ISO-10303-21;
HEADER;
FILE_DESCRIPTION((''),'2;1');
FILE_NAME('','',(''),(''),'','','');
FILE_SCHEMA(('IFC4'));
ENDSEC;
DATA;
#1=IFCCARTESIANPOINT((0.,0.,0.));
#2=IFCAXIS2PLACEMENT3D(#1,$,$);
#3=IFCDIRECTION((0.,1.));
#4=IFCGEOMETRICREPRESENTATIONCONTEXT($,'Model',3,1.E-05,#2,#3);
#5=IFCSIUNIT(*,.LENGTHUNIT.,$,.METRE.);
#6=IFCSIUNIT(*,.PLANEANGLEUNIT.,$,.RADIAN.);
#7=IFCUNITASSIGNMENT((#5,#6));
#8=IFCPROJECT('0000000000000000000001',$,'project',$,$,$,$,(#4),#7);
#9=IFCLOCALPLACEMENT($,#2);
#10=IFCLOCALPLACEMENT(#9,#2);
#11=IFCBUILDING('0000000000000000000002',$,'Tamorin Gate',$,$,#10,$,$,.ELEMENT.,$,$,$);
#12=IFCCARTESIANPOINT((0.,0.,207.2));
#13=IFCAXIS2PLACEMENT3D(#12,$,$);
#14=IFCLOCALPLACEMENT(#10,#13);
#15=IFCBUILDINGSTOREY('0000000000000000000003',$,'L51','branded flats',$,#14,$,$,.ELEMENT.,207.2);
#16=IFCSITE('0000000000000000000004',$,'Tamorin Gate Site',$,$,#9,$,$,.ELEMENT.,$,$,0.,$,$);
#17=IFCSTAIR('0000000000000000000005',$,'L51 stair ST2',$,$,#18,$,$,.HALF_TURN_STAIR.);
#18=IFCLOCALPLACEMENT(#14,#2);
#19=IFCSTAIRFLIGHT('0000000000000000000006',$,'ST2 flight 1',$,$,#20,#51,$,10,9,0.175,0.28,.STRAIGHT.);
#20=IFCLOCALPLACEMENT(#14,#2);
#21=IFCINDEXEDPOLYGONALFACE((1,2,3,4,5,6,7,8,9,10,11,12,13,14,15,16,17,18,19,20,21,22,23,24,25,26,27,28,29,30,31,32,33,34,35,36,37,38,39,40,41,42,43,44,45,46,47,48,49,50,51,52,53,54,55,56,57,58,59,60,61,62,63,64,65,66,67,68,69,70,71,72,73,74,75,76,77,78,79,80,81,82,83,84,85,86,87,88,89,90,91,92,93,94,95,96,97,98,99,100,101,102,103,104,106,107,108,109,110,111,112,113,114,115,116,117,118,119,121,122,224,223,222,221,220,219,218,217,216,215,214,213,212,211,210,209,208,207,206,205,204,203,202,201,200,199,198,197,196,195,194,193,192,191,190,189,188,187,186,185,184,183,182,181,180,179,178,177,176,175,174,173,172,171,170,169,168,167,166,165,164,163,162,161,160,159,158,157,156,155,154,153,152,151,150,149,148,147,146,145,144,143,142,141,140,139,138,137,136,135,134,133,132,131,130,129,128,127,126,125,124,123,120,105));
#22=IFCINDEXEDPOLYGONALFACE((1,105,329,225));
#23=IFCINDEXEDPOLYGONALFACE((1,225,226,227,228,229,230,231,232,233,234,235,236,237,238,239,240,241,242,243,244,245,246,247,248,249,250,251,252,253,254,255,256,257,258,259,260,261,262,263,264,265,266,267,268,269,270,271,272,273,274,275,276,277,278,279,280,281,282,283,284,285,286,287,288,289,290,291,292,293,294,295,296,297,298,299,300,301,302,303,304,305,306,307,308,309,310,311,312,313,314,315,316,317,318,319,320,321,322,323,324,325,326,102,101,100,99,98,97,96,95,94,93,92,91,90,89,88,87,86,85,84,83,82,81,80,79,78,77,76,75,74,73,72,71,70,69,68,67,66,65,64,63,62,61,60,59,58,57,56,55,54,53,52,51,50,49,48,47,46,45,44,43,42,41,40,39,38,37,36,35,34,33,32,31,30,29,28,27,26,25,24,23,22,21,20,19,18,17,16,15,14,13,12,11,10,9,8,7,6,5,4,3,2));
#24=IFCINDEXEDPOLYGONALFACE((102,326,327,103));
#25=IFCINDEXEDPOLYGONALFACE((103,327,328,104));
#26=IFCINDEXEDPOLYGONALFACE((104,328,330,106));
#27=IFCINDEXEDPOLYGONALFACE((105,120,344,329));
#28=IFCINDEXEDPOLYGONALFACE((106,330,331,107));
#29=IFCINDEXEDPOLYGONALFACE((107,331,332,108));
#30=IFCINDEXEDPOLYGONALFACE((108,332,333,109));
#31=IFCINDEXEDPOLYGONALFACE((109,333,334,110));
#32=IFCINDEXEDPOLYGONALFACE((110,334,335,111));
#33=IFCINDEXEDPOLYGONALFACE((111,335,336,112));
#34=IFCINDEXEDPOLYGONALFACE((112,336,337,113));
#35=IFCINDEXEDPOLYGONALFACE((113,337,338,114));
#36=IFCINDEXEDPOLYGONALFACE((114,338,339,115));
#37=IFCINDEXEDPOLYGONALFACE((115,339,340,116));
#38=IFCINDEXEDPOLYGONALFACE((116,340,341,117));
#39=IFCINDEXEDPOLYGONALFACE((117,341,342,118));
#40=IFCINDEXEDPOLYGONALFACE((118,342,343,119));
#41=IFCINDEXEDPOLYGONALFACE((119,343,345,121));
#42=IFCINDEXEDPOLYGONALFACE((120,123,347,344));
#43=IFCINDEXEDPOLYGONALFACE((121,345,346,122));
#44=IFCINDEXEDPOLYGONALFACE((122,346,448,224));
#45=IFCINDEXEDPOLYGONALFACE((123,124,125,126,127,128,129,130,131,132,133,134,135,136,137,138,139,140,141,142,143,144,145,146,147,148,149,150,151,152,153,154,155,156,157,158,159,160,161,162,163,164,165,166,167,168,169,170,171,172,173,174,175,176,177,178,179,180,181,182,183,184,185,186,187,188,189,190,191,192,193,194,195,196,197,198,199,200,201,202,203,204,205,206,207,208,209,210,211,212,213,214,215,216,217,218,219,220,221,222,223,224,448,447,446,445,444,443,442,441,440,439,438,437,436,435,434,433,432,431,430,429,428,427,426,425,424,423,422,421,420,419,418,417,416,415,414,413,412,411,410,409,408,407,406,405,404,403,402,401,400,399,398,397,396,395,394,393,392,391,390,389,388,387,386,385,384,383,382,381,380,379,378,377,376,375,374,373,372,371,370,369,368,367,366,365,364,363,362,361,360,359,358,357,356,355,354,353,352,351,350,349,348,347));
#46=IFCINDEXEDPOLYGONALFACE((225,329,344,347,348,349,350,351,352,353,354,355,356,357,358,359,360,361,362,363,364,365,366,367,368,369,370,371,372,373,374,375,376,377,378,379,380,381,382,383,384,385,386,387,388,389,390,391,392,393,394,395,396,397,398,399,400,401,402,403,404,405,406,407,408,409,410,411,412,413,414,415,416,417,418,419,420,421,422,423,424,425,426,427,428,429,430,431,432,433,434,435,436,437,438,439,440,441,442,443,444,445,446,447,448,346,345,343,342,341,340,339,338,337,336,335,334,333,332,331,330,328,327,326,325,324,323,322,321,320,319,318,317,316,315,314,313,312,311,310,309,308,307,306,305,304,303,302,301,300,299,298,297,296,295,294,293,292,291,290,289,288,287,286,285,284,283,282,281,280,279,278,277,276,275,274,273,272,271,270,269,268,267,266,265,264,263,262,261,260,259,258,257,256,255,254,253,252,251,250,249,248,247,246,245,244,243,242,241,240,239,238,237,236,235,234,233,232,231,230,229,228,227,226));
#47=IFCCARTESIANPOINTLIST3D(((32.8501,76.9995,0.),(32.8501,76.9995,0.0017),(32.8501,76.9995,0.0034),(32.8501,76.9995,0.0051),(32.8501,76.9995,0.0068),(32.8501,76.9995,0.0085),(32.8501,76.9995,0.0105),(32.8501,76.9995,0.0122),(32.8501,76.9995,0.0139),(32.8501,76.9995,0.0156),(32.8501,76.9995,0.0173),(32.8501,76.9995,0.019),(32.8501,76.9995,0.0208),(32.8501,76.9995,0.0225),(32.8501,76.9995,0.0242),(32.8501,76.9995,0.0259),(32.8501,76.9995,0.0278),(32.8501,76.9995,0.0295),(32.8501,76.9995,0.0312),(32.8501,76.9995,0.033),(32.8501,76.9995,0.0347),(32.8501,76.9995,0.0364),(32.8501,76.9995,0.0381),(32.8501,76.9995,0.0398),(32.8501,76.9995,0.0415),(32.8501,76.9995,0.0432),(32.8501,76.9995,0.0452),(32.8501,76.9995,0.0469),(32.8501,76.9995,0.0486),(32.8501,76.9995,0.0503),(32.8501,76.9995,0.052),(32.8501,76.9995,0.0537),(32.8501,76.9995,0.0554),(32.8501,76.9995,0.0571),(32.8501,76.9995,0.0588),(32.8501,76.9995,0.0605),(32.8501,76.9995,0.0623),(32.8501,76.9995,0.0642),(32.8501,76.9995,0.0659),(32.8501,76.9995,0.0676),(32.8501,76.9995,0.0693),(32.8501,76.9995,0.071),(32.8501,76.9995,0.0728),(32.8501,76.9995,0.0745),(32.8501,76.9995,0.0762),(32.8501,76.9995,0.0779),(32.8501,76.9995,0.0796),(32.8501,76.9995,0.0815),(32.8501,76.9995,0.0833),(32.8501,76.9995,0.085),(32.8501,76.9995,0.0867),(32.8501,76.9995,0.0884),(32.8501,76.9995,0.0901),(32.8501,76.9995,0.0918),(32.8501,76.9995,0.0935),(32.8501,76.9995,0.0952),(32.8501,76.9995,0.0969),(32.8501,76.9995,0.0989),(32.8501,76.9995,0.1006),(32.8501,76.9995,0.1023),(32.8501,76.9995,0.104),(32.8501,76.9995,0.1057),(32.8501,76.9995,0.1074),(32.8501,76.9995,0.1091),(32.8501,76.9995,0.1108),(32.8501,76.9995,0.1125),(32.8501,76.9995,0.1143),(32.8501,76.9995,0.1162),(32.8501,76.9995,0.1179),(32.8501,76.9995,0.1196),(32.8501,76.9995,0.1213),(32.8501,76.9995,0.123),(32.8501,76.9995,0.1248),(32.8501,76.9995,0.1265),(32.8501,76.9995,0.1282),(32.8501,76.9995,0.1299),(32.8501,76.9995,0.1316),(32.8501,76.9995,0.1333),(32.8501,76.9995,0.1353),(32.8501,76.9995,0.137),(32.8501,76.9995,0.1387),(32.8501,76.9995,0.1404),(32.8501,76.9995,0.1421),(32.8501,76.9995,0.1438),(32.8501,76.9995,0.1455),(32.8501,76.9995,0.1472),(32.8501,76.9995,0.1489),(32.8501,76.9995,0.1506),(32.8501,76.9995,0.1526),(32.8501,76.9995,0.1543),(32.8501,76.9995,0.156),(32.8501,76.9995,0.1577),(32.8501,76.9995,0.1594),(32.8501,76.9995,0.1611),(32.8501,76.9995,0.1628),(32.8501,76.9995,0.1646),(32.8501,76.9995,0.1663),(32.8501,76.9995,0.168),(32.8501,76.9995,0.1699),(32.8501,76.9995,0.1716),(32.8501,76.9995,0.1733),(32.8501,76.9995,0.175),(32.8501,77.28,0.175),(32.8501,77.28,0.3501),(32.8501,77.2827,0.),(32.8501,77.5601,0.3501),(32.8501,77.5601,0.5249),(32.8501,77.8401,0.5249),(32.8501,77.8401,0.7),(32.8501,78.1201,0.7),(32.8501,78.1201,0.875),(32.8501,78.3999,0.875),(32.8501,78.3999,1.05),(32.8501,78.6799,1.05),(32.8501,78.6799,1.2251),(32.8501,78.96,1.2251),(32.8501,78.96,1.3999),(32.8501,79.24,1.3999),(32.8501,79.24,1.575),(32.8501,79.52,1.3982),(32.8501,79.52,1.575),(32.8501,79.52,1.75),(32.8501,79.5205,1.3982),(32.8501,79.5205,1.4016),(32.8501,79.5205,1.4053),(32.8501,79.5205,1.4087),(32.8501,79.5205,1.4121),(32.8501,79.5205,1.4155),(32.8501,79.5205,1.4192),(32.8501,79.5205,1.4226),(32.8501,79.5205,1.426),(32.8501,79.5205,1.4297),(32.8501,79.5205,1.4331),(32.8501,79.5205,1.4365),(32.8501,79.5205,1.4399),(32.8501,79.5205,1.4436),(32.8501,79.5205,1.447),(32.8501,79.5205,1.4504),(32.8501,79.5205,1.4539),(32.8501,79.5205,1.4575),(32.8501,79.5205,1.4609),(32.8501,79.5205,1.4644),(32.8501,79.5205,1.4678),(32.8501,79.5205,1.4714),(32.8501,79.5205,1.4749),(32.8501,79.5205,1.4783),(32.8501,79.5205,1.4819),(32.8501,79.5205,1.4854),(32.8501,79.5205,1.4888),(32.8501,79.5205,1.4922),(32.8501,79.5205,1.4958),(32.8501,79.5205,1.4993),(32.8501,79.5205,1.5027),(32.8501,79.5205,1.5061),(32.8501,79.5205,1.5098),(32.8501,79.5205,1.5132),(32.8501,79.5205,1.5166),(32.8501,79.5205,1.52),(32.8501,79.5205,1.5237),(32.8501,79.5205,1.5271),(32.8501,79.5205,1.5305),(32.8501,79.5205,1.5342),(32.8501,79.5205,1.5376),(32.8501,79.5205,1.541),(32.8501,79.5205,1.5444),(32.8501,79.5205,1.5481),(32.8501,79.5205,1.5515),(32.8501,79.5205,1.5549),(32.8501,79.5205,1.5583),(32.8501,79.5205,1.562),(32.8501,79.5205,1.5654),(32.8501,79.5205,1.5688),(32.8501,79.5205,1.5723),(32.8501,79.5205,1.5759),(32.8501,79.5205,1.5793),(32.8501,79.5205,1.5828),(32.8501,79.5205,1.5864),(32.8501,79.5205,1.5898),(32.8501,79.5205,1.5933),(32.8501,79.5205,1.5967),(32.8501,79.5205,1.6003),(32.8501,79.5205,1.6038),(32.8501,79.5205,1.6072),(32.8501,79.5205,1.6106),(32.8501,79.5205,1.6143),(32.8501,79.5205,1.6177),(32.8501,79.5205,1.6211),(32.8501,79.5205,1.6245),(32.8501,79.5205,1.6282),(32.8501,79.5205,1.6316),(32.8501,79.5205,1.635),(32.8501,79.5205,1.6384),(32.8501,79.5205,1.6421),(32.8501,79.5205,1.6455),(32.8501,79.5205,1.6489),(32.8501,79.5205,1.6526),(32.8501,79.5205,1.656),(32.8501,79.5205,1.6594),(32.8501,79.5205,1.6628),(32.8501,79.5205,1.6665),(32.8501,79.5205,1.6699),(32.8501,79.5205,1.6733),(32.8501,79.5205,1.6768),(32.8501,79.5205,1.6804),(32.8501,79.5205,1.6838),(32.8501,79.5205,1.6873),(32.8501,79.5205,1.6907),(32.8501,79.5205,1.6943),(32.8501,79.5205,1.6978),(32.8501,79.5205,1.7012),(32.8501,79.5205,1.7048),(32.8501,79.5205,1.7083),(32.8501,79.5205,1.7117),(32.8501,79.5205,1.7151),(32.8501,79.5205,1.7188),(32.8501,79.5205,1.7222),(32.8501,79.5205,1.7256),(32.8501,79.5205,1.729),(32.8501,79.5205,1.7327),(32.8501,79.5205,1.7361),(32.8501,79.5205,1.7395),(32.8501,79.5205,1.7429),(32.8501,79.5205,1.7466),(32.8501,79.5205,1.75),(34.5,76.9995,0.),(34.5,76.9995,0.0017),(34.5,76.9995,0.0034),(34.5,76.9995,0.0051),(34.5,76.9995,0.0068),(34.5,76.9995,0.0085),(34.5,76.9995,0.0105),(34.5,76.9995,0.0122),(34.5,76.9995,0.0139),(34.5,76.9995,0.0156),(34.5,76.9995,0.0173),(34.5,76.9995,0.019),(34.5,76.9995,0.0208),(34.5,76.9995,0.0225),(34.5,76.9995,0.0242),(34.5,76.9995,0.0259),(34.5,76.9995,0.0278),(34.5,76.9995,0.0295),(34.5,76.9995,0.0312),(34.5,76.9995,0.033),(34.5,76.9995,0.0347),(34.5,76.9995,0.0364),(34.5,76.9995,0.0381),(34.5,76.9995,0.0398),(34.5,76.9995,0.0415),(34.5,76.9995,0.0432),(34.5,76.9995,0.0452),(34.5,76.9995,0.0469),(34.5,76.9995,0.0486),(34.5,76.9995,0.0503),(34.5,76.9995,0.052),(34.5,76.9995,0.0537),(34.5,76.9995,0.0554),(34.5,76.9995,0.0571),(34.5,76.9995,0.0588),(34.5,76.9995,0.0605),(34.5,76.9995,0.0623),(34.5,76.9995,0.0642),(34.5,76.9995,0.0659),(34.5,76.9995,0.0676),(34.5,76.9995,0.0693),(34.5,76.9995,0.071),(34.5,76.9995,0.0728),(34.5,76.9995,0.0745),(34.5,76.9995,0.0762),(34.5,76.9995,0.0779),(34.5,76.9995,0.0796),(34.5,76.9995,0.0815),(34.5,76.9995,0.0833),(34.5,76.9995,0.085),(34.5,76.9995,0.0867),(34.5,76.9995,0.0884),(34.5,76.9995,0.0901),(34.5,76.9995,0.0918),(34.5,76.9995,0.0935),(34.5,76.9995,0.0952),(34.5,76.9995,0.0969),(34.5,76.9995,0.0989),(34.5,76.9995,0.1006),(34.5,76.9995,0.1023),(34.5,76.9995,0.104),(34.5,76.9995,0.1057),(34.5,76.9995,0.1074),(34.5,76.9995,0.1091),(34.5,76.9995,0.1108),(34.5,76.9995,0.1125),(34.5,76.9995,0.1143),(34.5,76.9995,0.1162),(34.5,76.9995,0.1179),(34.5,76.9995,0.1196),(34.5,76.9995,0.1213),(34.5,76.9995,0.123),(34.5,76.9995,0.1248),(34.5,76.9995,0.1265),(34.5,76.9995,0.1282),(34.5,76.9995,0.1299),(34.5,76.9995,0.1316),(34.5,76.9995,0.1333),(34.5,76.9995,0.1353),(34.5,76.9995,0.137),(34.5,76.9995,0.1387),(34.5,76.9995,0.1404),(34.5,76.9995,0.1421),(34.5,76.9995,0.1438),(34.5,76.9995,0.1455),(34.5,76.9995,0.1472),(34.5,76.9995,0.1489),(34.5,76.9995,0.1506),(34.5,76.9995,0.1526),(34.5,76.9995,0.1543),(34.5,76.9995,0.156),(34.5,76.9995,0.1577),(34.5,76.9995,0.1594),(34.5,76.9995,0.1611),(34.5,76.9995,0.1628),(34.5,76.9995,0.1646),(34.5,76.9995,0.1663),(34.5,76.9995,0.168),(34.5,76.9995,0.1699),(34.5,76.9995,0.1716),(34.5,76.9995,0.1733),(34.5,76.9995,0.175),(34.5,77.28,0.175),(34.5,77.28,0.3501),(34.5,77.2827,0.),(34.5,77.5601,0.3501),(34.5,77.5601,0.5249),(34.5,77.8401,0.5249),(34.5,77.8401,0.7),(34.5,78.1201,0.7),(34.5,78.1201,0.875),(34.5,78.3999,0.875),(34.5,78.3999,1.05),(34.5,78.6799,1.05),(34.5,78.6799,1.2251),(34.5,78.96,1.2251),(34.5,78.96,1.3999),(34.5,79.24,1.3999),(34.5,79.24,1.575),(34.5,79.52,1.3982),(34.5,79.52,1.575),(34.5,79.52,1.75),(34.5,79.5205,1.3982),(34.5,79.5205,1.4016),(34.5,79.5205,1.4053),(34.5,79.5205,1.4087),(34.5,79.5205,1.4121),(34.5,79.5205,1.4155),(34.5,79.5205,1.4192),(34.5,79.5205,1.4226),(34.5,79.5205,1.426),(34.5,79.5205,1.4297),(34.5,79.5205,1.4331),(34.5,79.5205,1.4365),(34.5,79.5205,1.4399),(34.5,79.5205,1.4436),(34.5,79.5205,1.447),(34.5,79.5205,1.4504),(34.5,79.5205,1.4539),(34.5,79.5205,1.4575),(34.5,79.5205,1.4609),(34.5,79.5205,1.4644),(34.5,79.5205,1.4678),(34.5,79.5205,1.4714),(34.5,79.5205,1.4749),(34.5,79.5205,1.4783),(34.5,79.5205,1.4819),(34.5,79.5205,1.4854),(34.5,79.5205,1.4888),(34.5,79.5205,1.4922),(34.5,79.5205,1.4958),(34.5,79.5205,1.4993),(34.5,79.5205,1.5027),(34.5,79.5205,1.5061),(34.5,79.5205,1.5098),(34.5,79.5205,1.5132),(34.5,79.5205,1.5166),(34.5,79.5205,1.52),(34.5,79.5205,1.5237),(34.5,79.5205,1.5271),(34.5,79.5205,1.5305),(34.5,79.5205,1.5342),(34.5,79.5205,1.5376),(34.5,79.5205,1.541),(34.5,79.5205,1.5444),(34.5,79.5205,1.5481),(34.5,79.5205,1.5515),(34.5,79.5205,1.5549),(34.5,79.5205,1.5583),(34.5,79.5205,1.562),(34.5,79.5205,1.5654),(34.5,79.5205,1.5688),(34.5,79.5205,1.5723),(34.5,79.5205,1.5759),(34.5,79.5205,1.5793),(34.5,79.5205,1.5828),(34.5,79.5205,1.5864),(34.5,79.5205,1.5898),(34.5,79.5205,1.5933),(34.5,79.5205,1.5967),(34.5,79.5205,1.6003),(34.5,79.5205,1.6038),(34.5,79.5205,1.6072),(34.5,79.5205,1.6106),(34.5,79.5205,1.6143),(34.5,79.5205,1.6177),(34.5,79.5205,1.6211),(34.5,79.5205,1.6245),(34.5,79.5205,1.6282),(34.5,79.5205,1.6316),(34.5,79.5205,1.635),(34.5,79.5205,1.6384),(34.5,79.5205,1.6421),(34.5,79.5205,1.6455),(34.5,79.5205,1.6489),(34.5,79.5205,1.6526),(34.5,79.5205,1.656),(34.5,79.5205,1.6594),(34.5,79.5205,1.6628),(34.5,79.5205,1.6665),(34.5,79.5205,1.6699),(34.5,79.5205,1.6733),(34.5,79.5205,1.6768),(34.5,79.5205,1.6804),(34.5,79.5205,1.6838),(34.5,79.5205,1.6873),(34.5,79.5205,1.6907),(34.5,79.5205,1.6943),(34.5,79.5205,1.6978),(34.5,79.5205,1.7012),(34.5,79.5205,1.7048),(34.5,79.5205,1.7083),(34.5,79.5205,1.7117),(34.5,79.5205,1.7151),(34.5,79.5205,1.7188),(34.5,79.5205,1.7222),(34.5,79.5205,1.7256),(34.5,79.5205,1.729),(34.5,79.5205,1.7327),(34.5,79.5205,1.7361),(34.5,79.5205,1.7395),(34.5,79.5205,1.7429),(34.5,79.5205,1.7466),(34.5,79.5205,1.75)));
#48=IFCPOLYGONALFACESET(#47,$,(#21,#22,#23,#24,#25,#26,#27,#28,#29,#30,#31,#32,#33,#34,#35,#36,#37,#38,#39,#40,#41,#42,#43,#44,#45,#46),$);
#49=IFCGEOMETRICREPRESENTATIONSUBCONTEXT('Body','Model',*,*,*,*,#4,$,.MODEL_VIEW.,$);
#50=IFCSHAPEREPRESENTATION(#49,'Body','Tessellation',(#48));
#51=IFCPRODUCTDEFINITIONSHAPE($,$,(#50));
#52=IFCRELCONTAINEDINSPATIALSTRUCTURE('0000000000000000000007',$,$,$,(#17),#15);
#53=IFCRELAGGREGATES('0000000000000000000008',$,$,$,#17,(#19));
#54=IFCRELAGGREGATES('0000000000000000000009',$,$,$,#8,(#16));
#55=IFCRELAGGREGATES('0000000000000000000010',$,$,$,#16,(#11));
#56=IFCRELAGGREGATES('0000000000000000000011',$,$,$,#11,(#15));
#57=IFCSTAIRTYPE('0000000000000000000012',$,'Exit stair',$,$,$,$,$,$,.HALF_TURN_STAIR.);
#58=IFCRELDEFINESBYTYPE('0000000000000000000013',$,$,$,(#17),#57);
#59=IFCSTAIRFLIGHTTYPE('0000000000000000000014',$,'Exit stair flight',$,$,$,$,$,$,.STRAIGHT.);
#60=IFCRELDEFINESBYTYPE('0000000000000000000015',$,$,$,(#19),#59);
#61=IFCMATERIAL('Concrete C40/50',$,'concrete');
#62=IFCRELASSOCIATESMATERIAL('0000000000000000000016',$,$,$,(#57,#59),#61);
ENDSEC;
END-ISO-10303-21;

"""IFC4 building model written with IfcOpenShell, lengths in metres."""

from ifc_helpers import new_model, si_unit, direction, frame, origin, place, context, subcontext, project, spatial, polyline, outline, extrude, material, type_object, element, aggregate, save


model = new_model("IFC4")

# Units and contexts
model_context = context("Model", 3, precision=1e-05, world=origin(), true_north=direction((0.0, 1.0)))
body_context = subcontext(model_context, "Body", "Model", "MODEL_VIEW")
ifc_project = project(units=[si_unit("LENGTHUNIT", "METRE"), si_unit("PLANEANGLEUNIT", "RADIAN")], contexts=[model_context])

# Site, building, storey
site_placement = place(None, origin())
site = spatial("IfcSite", under=ifc_project, at=site_placement, Name="Tamorin Gate Site", CompositionType="ELEMENT", RefElevation=0.0)
building_placement = place(site_placement, origin())
building = spatial("IfcBuilding", under=site, at=building_placement, Name="Tamorin Gate", CompositionType="ELEMENT")
storey_placement = place(building_placement, frame((0.0, 0.0, 207.2)))
storey = spatial("IfcBuildingStorey", under=building, at=storey_placement, Name="L51", Description="branded flats", CompositionType="ELEMENT", Elevation=207.2)

# Shared definitions
ifc_material_1 = material(Name="Concrete C40/50", Category="concrete")

# Shared definitions
stair_type = type_object("IfcStairType", Name="Exit stair", PredefinedType="HALF_TURN_STAIR", material=ifc_material_1)
stair_flight_type = type_object("IfcStairFlightType", Name="Exit stair flight", PredefinedType="STRAIGHT", material=ifc_material_1)

# Stair, stair flight
stair_1_placement = place(storey_placement, origin())
stair_1 = element("IfcStair", 1, at=stair_1_placement, inside=storey, type_object=stair_type, Name="L51 stair ST2", PredefinedType="HALF_TURN_STAIR")
stair_flight_1_placement = place(storey_placement, frame((33.675, 77.0, 0.0), z_axis=(0.0, 0.0, 1.0), x_axis=(0.0, 1.0, 0.0)))
stair_flight_1 = element("IfcStairFlight", 2, at=stair_flight_1_placement, type_object=stair_flight_type, Name="ST2 flight 1", NumberOfRisers=10, NumberOfTreads=9, PredefinedType="STRAIGHT", RiserHeight=0.175, TreadLength=0.28, context=body_context, shape_type="SweptSolid", body=[
    extrude(outline(polyline([(-0.0005, 0.0), (-0.0005, 0.0017), (-0.0005, 0.0034), (-0.0005, 0.0051), (-0.0005, 0.0068), (-0.0005, 0.0085), (-0.0005, 0.0105), (-0.0005, 0.0122), (-0.0005, 0.0139), (-0.0005, 0.0156), (-0.0005, 0.0173), (-0.0005, 0.019), (-0.0005, 0.0208), (-0.0005, 0.0225), (-0.0005, 0.0242), (-0.0005, 0.0259), (-0.0005, 0.0278), (-0.0005, 0.0295), (-0.0005, 0.0312), (-0.0005, 0.033), (-0.0005, 0.0347), (-0.0005, 0.0364), (-0.0005, 0.0381), (-0.0005, 0.0398), (-0.0005, 0.0415), (-0.0005, 0.0432), (-0.0005, 0.0452), (-0.0005, 0.0469), (-0.0005, 0.0486), (-0.0005, 0.0503), (-0.0005, 0.052), (-0.0005, 0.0537), (-0.0005, 0.0554), (-0.0005, 0.0571), (-0.0005, 0.0588), (-0.0005, 0.0605), (-0.0005, 0.0623), (-0.0005, 0.0642), (-0.0005, 0.0659), (-0.0005, 0.0676), (-0.0005, 0.0693), (-0.0005, 0.071), (-0.0005, 0.0728), (-0.0005, 0.0745), (-0.0005, 0.0762), (-0.0005, 0.0779), (-0.0005, 0.0796), (-0.0005, 0.0815), (-0.0005, 0.0833), (-0.0005, 0.085), (-0.0005, 0.0867), (-0.0005, 0.0884), (-0.0005, 0.0901), (-0.0005, 0.0918), (-0.0005, 0.0935), (-0.0005, 0.0952), (-0.0005, 0.0969), (-0.0005, 0.0989), (-0.0005, 0.1006), (-0.0005, 0.1023), (-0.0005, 0.104), (-0.0005, 0.1057), (-0.0005, 0.1074), (-0.0005, 0.1091), (-0.0005, 0.1108), (-0.0005, 0.1125), (-0.0005, 0.1143), (-0.0005, 0.1162), (-0.0005, 0.1179), (-0.0005, 0.1196), (-0.0005, 0.1213), (-0.0005, 0.123), (-0.0005, 0.1248), (-0.0005, 0.1265), (-0.0005, 0.1282), (-0.0005, 0.1299), (-0.0005, 0.1316), (-0.0005, 0.1333), (-0.0005, 0.1353), (-0.0005, 0.137), (-0.0005, 0.1387), (-0.0005, 0.1404), (-0.0005, 0.1421), (-0.0005, 0.1438), (-0.0005, 0.1455), (-0.0005, 0.1472), (-0.0005, 0.1489), (-0.0005, 0.1506), (-0.0005, 0.1526), (-0.0005, 0.1543), (-0.0005, 0.156), (-0.0005, 0.1577), (-0.0005, 0.1594), (-0.0005, 0.1611), (-0.0005, 0.1628), (-0.0005, 0.1646), (-0.0005, 0.1663), (-0.0005, 0.168), (-0.0005, 0.1699), (-0.0005, 0.1716), (-0.0005, 0.1733), (-0.0005, 0.175), (0.28, 0.175), (0.28, 0.3501), (0.5601, 0.3501), (0.5601, 0.5249), (0.8401, 0.5249), (0.8401, 0.7), (1.1201, 0.7), (1.1201, 0.875), (1.3999, 0.875), (1.3999, 1.05), (1.6799, 1.05), (1.6799, 1.2251), (1.96, 1.2251), (1.96, 1.3999), (2.24, 1.3999), (2.24, 1.575), (2.52, 1.575), (2.52, 1.75), (2.5205, 1.75), (2.5205, 1.7466), (2.5205, 1.7429), (2.5205, 1.7395), (2.5205, 1.7361), (2.5205, 1.7327), (2.5205, 1.729), (2.5205, 1.7256), (2.5205, 1.7222), (2.5205, 1.7188), (2.5205, 1.7151), (2.5205, 1.7117), (2.5205, 1.7083), (2.5205, 1.7048), (2.5205, 1.7012), (2.5205, 1.6978), (2.5205, 1.6943), (2.5205, 1.6907), (2.5205, 1.6873), (2.5205, 1.6838), (2.5205, 1.6804), (2.5205, 1.6768), (2.5205, 1.6733), (2.5205, 1.6699), (2.5205, 1.6665), (2.5205, 1.6628), (2.5205, 1.6594), (2.5205, 1.656), (2.5205, 1.6526), (2.5205, 1.6489), (2.5205, 1.6455), (2.5205, 1.6421), (2.5205, 1.6384), (2.5205, 1.635), (2.5205, 1.6316), (2.5205, 1.6282), (2.5205, 1.6245), (2.5205, 1.6211), (2.5205, 1.6177), (2.5205, 1.6143), (2.5205, 1.6106), (2.5205, 1.6072), (2.5205, 1.6038), (2.5205, 1.6003), (2.5205, 1.5967), (2.5205, 1.5933), (2.5205, 1.5898), (2.5205, 1.5864), (2.5205, 1.5828), (2.5205, 1.5793), (2.5205, 1.5759), (2.5205, 1.5723), (2.5205, 1.5688), (2.5205, 1.5654), (2.5205, 1.562), (2.5205, 1.5583), (2.5205, 1.5549), (2.5205, 1.5515), (2.5205, 1.5481), (2.5205, 1.5444), (2.5205, 1.541), (2.5205, 1.5376), (2.5205, 1.5342), (2.5205, 1.5305), (2.5205, 1.5271), (2.5205, 1.5237), (2.5205, 1.52), (2.5205, 1.5166), (2.5205, 1.5132), (2.5205, 1.5098), (2.5205, 1.5061), (2.5205, 1.5027), (2.5205, 1.4993), (2.5205, 1.4958), (2.5205, 1.4922), (2.5205, 1.4888), (2.5205, 1.4854), (2.5205, 1.4819), (2.5205, 1.4783), (2.5205, 1.4749), (2.5205, 1.4714), (2.5205, 1.4678), (2.5205, 1.4644), (2.5205, 1.4609), (2.5205, 1.4575), (2.5205, 1.4539), (2.5205, 1.4504), (2.5205, 1.447), (2.5205, 1.4436), (2.5205, 1.4399), (2.5205, 1.4365), (2.5205, 1.4331), (2.5205, 1.4297), (2.5205, 1.426), (2.5205, 1.4226), (2.5205, 1.4192), (2.5205, 1.4155), (2.5205, 1.4121), (2.5205, 1.4087), (2.5205, 1.4053), (2.5205, 1.4016), (2.5205, 1.3982), (2.52, 1.3982), (0.2827, 0.0), (-0.0005, 0.0)])), frame((0.0, 0.825, 0.0), z_axis=(0.0, -1.0, 0.0), x_axis=(1.0, 0.0, 0.0)), (0.0, 0.0, 1.0), 1.6499),
])
aggregate(stair_1, [stair_flight_1])

save(model, "model.ifc")
